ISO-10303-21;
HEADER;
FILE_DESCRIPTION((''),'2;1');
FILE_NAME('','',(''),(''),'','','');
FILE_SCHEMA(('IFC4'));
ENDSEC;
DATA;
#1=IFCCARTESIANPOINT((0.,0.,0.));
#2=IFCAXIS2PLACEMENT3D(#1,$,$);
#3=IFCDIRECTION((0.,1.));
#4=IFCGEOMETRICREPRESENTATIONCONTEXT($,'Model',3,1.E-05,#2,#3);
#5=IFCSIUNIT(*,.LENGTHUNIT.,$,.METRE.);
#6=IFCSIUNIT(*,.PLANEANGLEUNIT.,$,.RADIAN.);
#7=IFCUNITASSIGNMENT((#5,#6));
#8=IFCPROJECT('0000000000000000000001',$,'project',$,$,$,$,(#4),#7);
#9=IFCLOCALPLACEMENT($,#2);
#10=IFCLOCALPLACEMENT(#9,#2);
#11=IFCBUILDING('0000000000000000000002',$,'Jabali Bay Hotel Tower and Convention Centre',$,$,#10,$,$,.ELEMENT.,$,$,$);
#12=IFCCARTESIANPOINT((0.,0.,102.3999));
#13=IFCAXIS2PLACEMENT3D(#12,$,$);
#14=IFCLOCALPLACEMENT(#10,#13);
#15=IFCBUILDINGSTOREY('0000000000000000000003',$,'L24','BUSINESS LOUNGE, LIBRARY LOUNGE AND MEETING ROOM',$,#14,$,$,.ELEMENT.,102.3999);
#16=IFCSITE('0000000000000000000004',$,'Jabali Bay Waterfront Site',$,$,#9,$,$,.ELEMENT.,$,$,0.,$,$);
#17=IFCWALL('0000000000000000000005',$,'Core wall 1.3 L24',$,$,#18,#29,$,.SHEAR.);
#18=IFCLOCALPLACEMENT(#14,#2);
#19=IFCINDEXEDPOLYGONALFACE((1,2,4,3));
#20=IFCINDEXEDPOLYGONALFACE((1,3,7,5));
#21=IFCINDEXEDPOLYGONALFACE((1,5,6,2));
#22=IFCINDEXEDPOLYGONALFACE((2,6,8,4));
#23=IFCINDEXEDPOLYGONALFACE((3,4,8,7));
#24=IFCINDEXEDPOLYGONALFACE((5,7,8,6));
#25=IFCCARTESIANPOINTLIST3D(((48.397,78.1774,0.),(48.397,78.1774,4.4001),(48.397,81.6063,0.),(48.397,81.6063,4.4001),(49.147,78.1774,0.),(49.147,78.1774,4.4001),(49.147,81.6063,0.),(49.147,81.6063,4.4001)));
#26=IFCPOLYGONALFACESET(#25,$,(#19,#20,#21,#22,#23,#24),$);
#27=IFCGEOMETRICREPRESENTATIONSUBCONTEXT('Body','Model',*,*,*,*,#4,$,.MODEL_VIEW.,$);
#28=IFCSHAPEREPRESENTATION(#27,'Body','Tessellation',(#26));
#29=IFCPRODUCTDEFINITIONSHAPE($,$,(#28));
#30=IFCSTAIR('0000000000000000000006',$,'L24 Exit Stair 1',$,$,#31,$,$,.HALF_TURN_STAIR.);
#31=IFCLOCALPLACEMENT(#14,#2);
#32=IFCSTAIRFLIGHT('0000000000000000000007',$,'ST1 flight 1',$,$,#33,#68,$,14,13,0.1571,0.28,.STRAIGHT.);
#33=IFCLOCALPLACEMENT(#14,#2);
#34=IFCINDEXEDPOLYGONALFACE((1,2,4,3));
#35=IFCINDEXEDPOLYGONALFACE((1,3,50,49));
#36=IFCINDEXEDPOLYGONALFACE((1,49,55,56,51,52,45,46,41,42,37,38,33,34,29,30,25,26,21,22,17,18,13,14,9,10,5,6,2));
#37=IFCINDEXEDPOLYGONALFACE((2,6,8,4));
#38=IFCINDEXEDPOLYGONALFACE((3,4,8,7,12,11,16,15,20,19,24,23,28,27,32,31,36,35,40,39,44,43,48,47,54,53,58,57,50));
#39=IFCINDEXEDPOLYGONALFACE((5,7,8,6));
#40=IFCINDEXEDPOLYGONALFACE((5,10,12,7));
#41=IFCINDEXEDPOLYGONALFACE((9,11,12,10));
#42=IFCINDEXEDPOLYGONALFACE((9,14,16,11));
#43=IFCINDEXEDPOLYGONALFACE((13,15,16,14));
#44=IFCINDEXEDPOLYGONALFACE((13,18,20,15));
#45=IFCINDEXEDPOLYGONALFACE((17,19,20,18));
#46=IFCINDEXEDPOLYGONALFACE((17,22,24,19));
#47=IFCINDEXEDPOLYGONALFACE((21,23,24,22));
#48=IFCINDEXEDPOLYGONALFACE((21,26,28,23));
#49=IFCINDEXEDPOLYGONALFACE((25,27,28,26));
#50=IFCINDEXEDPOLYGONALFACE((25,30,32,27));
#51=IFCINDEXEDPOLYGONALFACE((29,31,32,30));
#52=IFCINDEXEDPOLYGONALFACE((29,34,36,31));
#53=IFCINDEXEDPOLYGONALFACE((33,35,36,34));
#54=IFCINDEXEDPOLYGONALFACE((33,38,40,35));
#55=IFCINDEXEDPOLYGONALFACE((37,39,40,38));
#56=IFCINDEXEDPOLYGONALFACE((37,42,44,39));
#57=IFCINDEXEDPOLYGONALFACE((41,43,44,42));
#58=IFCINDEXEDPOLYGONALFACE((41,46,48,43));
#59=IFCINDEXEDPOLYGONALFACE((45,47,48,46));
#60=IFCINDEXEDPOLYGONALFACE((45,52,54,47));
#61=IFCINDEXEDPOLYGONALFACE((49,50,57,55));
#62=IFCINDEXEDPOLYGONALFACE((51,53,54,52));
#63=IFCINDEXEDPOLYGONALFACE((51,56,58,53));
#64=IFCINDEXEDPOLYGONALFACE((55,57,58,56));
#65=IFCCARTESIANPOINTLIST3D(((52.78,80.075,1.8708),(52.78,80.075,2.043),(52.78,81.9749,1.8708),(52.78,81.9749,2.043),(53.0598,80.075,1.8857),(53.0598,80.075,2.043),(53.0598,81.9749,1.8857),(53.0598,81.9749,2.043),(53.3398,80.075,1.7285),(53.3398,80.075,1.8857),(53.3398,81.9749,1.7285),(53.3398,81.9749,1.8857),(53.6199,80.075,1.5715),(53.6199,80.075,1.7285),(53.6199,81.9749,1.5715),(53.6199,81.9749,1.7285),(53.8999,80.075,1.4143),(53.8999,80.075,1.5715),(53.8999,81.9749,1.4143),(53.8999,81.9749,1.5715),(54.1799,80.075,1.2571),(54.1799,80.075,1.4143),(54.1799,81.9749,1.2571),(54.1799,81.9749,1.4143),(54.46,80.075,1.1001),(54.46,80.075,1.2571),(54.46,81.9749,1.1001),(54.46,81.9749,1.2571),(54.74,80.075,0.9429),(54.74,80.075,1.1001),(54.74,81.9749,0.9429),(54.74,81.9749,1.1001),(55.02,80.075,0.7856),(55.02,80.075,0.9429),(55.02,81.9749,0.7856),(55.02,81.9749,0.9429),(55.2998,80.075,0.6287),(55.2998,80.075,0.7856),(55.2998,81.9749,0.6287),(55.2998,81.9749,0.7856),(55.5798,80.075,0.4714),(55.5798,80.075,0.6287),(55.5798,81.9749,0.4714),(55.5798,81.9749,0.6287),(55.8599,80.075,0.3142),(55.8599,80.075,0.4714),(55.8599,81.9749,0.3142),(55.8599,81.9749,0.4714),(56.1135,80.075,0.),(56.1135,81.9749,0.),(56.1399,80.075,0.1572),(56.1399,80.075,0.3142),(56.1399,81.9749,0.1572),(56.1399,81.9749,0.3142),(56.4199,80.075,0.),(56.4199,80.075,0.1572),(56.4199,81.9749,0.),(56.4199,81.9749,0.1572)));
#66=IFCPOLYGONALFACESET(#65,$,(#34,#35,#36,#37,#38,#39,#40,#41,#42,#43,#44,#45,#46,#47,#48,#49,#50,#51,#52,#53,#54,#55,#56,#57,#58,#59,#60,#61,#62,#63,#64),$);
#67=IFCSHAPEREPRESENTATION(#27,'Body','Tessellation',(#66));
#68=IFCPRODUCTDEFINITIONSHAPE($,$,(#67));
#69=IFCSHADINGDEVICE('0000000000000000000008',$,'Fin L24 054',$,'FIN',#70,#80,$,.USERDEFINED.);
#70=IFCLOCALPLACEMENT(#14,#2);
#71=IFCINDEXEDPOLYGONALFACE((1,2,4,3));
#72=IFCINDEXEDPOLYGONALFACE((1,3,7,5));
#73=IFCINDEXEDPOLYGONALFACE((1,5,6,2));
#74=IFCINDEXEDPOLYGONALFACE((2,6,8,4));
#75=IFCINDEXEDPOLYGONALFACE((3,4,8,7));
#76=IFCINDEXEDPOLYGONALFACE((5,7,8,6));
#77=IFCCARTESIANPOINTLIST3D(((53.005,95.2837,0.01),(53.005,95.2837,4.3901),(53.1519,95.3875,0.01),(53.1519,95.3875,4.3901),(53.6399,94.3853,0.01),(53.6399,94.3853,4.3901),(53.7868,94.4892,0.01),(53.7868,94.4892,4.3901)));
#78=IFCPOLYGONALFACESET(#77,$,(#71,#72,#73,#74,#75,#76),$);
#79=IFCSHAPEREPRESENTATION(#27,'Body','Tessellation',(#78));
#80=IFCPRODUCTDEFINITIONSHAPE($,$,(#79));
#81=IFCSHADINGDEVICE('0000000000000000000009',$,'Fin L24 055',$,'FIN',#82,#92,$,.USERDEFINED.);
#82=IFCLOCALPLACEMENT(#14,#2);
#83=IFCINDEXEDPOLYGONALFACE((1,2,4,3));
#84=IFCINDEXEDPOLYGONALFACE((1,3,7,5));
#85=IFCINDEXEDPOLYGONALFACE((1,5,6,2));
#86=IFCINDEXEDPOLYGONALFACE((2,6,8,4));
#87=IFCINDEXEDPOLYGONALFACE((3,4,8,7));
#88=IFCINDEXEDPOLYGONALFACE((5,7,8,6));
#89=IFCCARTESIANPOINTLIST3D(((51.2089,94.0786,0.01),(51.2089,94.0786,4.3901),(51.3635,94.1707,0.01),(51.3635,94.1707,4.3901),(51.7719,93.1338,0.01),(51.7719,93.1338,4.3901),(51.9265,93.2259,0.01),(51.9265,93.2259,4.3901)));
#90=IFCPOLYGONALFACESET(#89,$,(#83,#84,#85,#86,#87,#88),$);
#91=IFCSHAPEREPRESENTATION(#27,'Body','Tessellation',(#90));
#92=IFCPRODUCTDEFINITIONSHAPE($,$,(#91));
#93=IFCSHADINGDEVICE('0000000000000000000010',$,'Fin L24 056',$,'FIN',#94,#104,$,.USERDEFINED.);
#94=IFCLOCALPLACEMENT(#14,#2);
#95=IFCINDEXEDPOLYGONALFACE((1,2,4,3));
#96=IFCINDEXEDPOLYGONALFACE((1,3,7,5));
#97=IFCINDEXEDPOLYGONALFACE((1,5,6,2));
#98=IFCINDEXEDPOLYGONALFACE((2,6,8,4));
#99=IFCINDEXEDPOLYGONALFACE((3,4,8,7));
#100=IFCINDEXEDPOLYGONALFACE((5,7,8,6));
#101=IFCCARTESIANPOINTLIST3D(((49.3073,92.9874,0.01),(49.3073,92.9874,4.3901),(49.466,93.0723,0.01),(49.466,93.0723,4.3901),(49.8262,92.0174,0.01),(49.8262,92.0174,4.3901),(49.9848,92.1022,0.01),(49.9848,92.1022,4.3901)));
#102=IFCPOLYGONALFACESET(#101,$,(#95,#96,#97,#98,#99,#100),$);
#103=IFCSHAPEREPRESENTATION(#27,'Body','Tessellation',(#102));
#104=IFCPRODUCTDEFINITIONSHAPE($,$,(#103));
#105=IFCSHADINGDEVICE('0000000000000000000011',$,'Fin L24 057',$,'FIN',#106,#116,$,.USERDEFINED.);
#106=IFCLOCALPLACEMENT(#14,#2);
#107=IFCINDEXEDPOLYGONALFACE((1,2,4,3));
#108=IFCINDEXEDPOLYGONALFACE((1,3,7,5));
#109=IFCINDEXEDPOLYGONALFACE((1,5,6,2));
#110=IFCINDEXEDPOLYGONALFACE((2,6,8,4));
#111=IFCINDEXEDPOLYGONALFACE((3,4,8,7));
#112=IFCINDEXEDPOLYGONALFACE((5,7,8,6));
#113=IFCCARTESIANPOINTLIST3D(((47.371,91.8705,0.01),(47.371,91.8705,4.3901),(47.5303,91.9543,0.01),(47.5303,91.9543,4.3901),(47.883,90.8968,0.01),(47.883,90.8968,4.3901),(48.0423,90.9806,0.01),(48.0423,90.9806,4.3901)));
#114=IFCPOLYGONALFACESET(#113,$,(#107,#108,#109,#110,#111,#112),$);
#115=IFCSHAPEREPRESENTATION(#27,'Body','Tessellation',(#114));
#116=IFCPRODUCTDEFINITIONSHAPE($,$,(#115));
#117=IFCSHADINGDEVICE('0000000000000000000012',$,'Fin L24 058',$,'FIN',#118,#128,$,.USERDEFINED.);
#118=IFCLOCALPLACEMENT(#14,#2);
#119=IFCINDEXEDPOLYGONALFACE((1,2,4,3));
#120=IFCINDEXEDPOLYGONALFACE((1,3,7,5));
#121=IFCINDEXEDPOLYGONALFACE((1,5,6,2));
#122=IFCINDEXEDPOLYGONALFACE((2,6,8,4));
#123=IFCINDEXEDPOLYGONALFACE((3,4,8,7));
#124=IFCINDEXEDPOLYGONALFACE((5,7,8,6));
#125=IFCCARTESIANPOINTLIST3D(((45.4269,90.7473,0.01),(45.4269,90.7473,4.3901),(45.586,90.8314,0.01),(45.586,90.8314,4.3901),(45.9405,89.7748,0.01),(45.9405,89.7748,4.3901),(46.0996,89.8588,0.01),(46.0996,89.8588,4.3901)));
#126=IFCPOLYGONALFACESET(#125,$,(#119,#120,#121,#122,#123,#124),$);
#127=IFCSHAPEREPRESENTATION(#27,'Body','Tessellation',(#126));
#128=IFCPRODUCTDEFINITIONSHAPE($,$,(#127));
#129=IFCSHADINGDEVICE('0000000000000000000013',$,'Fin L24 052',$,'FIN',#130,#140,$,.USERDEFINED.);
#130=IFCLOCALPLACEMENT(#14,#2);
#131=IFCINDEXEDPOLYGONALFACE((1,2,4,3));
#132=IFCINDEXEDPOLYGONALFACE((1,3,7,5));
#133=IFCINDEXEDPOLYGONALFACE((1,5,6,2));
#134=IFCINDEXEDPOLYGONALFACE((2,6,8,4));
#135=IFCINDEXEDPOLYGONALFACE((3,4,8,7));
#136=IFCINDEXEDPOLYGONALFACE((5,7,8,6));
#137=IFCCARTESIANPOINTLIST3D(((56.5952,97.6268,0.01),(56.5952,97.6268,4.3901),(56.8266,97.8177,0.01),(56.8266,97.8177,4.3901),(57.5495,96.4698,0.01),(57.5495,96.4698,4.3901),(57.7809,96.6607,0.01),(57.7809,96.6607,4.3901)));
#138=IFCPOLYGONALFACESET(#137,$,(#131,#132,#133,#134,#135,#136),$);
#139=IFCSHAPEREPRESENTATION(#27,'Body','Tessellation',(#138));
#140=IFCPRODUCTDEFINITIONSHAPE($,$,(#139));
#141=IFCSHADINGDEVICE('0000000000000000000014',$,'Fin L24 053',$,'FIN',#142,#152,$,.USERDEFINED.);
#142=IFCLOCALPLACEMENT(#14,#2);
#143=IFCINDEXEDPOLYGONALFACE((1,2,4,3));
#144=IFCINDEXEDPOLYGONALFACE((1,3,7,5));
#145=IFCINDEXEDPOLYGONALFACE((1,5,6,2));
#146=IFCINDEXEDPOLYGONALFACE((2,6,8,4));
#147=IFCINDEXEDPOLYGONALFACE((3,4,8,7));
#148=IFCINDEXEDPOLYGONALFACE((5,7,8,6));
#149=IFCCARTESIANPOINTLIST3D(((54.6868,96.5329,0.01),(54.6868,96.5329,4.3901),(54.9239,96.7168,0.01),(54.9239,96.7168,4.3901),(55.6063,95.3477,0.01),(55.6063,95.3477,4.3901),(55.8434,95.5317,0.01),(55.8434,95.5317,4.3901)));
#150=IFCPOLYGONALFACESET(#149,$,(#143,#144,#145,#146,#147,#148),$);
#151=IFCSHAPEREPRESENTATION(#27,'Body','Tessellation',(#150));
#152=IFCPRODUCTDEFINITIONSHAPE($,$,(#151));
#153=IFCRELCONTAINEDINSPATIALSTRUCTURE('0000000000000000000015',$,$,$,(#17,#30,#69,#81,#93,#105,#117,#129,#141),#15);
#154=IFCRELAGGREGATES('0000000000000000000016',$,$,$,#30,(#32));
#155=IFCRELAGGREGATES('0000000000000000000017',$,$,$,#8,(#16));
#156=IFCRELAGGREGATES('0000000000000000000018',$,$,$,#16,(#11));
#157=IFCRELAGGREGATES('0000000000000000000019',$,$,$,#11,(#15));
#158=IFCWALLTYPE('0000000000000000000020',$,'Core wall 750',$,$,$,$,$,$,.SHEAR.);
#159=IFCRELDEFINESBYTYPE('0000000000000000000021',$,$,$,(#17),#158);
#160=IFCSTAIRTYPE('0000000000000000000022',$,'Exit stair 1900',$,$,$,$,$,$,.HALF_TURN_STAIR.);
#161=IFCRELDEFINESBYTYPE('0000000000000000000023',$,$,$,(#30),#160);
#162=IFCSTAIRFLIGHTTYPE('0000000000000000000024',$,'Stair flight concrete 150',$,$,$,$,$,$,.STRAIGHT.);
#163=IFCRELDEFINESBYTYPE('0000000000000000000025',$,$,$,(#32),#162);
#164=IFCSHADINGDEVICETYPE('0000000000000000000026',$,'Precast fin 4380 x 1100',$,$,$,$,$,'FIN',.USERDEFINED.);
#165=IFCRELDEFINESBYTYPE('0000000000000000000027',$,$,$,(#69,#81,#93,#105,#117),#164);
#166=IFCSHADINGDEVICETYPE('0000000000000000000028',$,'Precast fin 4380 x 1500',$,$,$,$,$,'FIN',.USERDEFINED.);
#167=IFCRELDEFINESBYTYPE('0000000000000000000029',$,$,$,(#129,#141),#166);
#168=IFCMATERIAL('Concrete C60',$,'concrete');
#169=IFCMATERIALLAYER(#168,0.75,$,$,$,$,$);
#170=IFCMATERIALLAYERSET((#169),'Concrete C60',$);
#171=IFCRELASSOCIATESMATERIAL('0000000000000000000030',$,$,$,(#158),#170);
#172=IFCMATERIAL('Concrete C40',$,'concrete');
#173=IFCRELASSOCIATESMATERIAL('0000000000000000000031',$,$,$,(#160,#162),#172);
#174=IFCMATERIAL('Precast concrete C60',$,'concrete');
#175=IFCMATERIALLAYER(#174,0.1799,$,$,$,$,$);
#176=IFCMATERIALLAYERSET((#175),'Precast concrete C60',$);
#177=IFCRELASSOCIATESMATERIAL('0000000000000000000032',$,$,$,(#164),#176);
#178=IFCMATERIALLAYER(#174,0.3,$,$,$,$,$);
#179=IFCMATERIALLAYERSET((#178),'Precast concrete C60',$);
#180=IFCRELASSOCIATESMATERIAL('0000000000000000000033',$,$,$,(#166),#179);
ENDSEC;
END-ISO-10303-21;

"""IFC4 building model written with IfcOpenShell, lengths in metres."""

from ifc_helpers import new_model, si_unit, direction, frame, frame_2d, origin, place, context, subcontext, project, spatial, polyline, rectangle, outline, extrude, material, layer, layer_set, type_object, element, aggregate, save


model = new_model("IFC4")

# Units and contexts
model_context = context("Model", 3, precision=1e-05, world=origin(), true_north=direction((0.0, 1.0)))
body_context = subcontext(model_context, "Body", "Model", "MODEL_VIEW")
ifc_project = project(units=[si_unit("LENGTHUNIT", "METRE"), si_unit("PLANEANGLEUNIT", "RADIAN")], contexts=[model_context])

# Site, building, storey
site_placement = place(None, origin())
site = spatial("IfcSite", under=ifc_project, at=site_placement, Name="Jabali Bay Waterfront Site", CompositionType="ELEMENT", RefElevation=0.0)
building_placement = place(site_placement, origin())
building = spatial("IfcBuilding", under=site, at=building_placement, Name="Jabali Bay Hotel Tower and Convention Centre", CompositionType="ELEMENT")
storey_placement = place(building_placement, frame((0.0, 0.0, 102.3999)))
storey = spatial("IfcBuildingStorey", under=building, at=storey_placement, Name="L24", Description="BUSINESS LOUNGE, LIBRARY LOUNGE AND MEETING ROOM", CompositionType="ELEMENT", Elevation=102.3999)

# Shared definitions
ifc_material_1 = material(Name="Concrete C60", Category="concrete")

# Shared definitions
ifc_material_2 = material(Name="Concrete C40", Category="concrete")

# Wall
ifc_layer_1 = layer(ifc_material_1, 0.75)
ifc_layer_set_1 = layer_set([ifc_layer_1], Name="Concrete C60")
wall_type_1 = type_object("IfcWallType", Name="Core wall 750", PredefinedType="SHEAR", material=ifc_layer_set_1)
wall_1_placement = place(storey_placement, frame((48.772, 81.6062, 0.0), z_axis=(0.0, 0.0, 1.0), x_axis=(0.0, -1.0, 0.0)))
element("IfcWall", 1, at=wall_1_placement, inside=storey, type_object=wall_type_1, Name="Core wall 1.3 L24", PredefinedType="SHEAR", context=body_context, shape_type="SweptSolid", body=[
    extrude(rectangle(XDim=3.429, YDim=0.75, at=frame_2d((1.7144, 0.0))), origin(), (0.0, 0.0, 1.0), 4.4001),
])

# Stair, stair flight
stair_type = type_object("IfcStairType", Name="Exit stair 1900", PredefinedType="HALF_TURN_STAIR", material=ifc_material_2)
stair_placement = place(storey_placement, origin())
stair = element("IfcStair", 2, at=stair_placement, inside=storey, type_object=stair_type, Name="L24 Exit Stair 1", PredefinedType="HALF_TURN_STAIR")
stair_flight_type = type_object("IfcStairFlightType", Name="Stair flight concrete 150", PredefinedType="STRAIGHT", material=ifc_material_2)
stair_flight_placement = place(storey_placement, frame((56.4199, 81.0249, 0.0), z_axis=(0.0, 0.0, 1.0), x_axis=(-1.0, 0.0, 0.0)))
stair_flight = element("IfcStairFlight", 3, at=stair_flight_placement, type_object=stair_flight_type, Name="ST1 flight 1", NumberOfRisers=14, NumberOfTreads=13, PredefinedType="STRAIGHT", RiserHeight=0.1571, TreadLength=0.28, context=body_context, shape_type="SweptSolid", body=[
    extrude(outline(polyline([(0.0, 0.0), (0.0, 0.1572), (0.28, 0.1572), (0.28, 0.3142), (0.5601, 0.3142), (0.5601, 0.4714), (0.8401, 0.4714), (0.8401, 0.6287), (1.1201, 0.6287), (1.1201, 0.7856), (1.3999, 0.7856), (1.3999, 0.9429), (1.6799, 0.9429), (1.6799, 1.1001), (1.96, 1.1001), (1.96, 1.2571), (2.24, 1.2571), (2.24, 1.4143), (2.52, 1.4143), (2.52, 1.5715), (2.8, 1.5715), (2.8, 1.7285), (3.0801, 1.7285), (3.0801, 1.8857), (3.3601, 1.8857), (3.3601, 2.043), (3.6399, 2.043), (3.6399, 2.2), (3.6399, 1.8708), (0.3064, 0.0), (0.0, 0.0)])), frame((0.0, 0.95, 0.0), z_axis=(0.0, -1.0, 0.0), x_axis=(1.0, 0.0, 0.0)), (0.0, 0.0, 1.0), 1.8999),
])
aggregate(stair, [stair_flight])

# Shading devices
ifc_material_3 = material(Name="Precast concrete C60", Category="concrete")
ifc_layer_2 = layer(ifc_material_3, 0.1799)
ifc_layer_set_2 = layer_set([ifc_layer_2], Name="Precast concrete C60")
shading_device_type_1 = type_object("IfcShadingDeviceType", Name="Precast fin 4380 x 1100", ElementType="FIN", PredefinedType="USERDEFINED", material=ifc_layer_set_2)
shading_device_1_placement = place(storey_placement, frame((53.7134, 94.4373, 0.01), z_axis=(0.0, 0.0, 1.0), x_axis=(-0.57718, 0.816617, 0.0)))
element("IfcShadingDevice", 4, at=shading_device_1_placement, inside=storey, type_object=shading_device_type_1, Name="Fin L24 054", ObjectType="FIN", PredefinedType="USERDEFINED", context=body_context, shape_type="SweptSolid", body=[
    extrude(rectangle(XDim=1.1001, YDim=0.1799, at=frame_2d((0.55, 0.0))), origin(), (0.0, 0.0, 1.0), 4.3801),
])
shading_device_2_placement = place(storey_placement, frame((51.8491, 93.1799, 0.01), z_axis=(0.0, 0.0, 1.0), x_axis=(-0.511882, 0.859056, 0.0)))
element("IfcShadingDevice", 5, at=shading_device_2_placement, inside=storey, type_object=shading_device_type_1, Name="Fin L24 055", ObjectType="FIN", PredefinedType="USERDEFINED", context=body_context, shape_type="SweptSolid", body=[
    extrude(rectangle(XDim=1.0999, YDim=0.1799, at=frame_2d((0.5498, 0.0))), origin(), (0.0, 0.0, 1.0), 4.3801),
])
for number, where, z_axis, x_axis, name in (
    (6, (49.9055, 92.0598, 0.01), (0.0, 0.0, 1.0), (-0.471636, 0.881793, 0.0), "Fin L24 056"),
    (7, (47.9626, 90.9387, 0.01), (0.0, 0.0, 1.0), (-0.465408, 0.885096, 0.0), "Fin L24 057"),
):
    element("IfcShadingDevice", number, at=place(storey_placement, frame(where, z_axis=z_axis, x_axis=x_axis)), inside=storey, type_object=shading_device_type_1, Name=name, ObjectType="FIN", PredefinedType="USERDEFINED", context=body_context, shape_type="SweptSolid", body=[
        extrude(rectangle(XDim=1.1001, YDim=0.1799, at=frame_2d((0.55, 0.0))), origin(), (0.0, 0.0, 1.0), 4.3801),
    ])
shading_device_3_placement = place(storey_placement, frame((46.02, 89.8169, 0.01), z_axis=(0.0, 0.0, 1.0), x_axis=(-0.46699, 0.884263, 0.0)))
element("IfcShadingDevice", 8, at=shading_device_3_placement, inside=storey, type_object=shading_device_type_1, Name="Fin L24 058", ObjectType="FIN", PredefinedType="USERDEFINED", context=body_context, shape_type="SweptSolid", body=[
    extrude(rectangle(XDim=1.0999, YDim=0.1799, at=frame_2d((0.5498, 0.0))), origin(), (0.0, 0.0, 1.0), 4.3801),
])
ifc_layer_3 = layer(ifc_material_3, 0.3)
ifc_layer_set_3 = layer_set([ifc_layer_3], Name="Precast concrete C60")
shading_device_type_2 = type_object("IfcShadingDeviceType", Name="Precast fin 4380 x 1500", ElementType="FIN", PredefinedType="USERDEFINED", material=ifc_layer_set_3)
shading_device_4_placement = place(storey_placement, frame((57.6653, 96.5652, 0.01), z_axis=(0.0, 0.0, 1.0), x_axis=(-0.636318, 0.771427, 0.0)))
element("IfcShadingDevice", 9, at=shading_device_4_placement, inside=storey, type_object=shading_device_type_2, Name="Fin L24 052", ObjectType="FIN", PredefinedType="USERDEFINED", context=body_context, shape_type="SweptSolid", body=[
    extrude(rectangle(XDim=1.4998, YDim=0.3, at=frame_2d((0.75, 0.0))), origin(), (0.0, 0.0, 1.0), 4.3801),
])
shading_device_5_placement = place(storey_placement, frame((55.7249, 95.4397, 0.01), z_axis=(0.0, 0.0, 1.0), x_axis=(-0.612994, 0.790088, 0.0)))
element("IfcShadingDevice", 10, at=shading_device_5_placement, inside=storey, type_object=shading_device_type_2, Name="Fin L24 053", ObjectType="FIN", PredefinedType="USERDEFINED", context=body_context, shape_type="SweptSolid", body=[
    extrude(rectangle(XDim=1.5, YDim=0.3, at=frame_2d((0.75, 0.0))), origin(), (0.0, 0.0, 1.0), 4.3801),
])

save(model, "model.ifc")
